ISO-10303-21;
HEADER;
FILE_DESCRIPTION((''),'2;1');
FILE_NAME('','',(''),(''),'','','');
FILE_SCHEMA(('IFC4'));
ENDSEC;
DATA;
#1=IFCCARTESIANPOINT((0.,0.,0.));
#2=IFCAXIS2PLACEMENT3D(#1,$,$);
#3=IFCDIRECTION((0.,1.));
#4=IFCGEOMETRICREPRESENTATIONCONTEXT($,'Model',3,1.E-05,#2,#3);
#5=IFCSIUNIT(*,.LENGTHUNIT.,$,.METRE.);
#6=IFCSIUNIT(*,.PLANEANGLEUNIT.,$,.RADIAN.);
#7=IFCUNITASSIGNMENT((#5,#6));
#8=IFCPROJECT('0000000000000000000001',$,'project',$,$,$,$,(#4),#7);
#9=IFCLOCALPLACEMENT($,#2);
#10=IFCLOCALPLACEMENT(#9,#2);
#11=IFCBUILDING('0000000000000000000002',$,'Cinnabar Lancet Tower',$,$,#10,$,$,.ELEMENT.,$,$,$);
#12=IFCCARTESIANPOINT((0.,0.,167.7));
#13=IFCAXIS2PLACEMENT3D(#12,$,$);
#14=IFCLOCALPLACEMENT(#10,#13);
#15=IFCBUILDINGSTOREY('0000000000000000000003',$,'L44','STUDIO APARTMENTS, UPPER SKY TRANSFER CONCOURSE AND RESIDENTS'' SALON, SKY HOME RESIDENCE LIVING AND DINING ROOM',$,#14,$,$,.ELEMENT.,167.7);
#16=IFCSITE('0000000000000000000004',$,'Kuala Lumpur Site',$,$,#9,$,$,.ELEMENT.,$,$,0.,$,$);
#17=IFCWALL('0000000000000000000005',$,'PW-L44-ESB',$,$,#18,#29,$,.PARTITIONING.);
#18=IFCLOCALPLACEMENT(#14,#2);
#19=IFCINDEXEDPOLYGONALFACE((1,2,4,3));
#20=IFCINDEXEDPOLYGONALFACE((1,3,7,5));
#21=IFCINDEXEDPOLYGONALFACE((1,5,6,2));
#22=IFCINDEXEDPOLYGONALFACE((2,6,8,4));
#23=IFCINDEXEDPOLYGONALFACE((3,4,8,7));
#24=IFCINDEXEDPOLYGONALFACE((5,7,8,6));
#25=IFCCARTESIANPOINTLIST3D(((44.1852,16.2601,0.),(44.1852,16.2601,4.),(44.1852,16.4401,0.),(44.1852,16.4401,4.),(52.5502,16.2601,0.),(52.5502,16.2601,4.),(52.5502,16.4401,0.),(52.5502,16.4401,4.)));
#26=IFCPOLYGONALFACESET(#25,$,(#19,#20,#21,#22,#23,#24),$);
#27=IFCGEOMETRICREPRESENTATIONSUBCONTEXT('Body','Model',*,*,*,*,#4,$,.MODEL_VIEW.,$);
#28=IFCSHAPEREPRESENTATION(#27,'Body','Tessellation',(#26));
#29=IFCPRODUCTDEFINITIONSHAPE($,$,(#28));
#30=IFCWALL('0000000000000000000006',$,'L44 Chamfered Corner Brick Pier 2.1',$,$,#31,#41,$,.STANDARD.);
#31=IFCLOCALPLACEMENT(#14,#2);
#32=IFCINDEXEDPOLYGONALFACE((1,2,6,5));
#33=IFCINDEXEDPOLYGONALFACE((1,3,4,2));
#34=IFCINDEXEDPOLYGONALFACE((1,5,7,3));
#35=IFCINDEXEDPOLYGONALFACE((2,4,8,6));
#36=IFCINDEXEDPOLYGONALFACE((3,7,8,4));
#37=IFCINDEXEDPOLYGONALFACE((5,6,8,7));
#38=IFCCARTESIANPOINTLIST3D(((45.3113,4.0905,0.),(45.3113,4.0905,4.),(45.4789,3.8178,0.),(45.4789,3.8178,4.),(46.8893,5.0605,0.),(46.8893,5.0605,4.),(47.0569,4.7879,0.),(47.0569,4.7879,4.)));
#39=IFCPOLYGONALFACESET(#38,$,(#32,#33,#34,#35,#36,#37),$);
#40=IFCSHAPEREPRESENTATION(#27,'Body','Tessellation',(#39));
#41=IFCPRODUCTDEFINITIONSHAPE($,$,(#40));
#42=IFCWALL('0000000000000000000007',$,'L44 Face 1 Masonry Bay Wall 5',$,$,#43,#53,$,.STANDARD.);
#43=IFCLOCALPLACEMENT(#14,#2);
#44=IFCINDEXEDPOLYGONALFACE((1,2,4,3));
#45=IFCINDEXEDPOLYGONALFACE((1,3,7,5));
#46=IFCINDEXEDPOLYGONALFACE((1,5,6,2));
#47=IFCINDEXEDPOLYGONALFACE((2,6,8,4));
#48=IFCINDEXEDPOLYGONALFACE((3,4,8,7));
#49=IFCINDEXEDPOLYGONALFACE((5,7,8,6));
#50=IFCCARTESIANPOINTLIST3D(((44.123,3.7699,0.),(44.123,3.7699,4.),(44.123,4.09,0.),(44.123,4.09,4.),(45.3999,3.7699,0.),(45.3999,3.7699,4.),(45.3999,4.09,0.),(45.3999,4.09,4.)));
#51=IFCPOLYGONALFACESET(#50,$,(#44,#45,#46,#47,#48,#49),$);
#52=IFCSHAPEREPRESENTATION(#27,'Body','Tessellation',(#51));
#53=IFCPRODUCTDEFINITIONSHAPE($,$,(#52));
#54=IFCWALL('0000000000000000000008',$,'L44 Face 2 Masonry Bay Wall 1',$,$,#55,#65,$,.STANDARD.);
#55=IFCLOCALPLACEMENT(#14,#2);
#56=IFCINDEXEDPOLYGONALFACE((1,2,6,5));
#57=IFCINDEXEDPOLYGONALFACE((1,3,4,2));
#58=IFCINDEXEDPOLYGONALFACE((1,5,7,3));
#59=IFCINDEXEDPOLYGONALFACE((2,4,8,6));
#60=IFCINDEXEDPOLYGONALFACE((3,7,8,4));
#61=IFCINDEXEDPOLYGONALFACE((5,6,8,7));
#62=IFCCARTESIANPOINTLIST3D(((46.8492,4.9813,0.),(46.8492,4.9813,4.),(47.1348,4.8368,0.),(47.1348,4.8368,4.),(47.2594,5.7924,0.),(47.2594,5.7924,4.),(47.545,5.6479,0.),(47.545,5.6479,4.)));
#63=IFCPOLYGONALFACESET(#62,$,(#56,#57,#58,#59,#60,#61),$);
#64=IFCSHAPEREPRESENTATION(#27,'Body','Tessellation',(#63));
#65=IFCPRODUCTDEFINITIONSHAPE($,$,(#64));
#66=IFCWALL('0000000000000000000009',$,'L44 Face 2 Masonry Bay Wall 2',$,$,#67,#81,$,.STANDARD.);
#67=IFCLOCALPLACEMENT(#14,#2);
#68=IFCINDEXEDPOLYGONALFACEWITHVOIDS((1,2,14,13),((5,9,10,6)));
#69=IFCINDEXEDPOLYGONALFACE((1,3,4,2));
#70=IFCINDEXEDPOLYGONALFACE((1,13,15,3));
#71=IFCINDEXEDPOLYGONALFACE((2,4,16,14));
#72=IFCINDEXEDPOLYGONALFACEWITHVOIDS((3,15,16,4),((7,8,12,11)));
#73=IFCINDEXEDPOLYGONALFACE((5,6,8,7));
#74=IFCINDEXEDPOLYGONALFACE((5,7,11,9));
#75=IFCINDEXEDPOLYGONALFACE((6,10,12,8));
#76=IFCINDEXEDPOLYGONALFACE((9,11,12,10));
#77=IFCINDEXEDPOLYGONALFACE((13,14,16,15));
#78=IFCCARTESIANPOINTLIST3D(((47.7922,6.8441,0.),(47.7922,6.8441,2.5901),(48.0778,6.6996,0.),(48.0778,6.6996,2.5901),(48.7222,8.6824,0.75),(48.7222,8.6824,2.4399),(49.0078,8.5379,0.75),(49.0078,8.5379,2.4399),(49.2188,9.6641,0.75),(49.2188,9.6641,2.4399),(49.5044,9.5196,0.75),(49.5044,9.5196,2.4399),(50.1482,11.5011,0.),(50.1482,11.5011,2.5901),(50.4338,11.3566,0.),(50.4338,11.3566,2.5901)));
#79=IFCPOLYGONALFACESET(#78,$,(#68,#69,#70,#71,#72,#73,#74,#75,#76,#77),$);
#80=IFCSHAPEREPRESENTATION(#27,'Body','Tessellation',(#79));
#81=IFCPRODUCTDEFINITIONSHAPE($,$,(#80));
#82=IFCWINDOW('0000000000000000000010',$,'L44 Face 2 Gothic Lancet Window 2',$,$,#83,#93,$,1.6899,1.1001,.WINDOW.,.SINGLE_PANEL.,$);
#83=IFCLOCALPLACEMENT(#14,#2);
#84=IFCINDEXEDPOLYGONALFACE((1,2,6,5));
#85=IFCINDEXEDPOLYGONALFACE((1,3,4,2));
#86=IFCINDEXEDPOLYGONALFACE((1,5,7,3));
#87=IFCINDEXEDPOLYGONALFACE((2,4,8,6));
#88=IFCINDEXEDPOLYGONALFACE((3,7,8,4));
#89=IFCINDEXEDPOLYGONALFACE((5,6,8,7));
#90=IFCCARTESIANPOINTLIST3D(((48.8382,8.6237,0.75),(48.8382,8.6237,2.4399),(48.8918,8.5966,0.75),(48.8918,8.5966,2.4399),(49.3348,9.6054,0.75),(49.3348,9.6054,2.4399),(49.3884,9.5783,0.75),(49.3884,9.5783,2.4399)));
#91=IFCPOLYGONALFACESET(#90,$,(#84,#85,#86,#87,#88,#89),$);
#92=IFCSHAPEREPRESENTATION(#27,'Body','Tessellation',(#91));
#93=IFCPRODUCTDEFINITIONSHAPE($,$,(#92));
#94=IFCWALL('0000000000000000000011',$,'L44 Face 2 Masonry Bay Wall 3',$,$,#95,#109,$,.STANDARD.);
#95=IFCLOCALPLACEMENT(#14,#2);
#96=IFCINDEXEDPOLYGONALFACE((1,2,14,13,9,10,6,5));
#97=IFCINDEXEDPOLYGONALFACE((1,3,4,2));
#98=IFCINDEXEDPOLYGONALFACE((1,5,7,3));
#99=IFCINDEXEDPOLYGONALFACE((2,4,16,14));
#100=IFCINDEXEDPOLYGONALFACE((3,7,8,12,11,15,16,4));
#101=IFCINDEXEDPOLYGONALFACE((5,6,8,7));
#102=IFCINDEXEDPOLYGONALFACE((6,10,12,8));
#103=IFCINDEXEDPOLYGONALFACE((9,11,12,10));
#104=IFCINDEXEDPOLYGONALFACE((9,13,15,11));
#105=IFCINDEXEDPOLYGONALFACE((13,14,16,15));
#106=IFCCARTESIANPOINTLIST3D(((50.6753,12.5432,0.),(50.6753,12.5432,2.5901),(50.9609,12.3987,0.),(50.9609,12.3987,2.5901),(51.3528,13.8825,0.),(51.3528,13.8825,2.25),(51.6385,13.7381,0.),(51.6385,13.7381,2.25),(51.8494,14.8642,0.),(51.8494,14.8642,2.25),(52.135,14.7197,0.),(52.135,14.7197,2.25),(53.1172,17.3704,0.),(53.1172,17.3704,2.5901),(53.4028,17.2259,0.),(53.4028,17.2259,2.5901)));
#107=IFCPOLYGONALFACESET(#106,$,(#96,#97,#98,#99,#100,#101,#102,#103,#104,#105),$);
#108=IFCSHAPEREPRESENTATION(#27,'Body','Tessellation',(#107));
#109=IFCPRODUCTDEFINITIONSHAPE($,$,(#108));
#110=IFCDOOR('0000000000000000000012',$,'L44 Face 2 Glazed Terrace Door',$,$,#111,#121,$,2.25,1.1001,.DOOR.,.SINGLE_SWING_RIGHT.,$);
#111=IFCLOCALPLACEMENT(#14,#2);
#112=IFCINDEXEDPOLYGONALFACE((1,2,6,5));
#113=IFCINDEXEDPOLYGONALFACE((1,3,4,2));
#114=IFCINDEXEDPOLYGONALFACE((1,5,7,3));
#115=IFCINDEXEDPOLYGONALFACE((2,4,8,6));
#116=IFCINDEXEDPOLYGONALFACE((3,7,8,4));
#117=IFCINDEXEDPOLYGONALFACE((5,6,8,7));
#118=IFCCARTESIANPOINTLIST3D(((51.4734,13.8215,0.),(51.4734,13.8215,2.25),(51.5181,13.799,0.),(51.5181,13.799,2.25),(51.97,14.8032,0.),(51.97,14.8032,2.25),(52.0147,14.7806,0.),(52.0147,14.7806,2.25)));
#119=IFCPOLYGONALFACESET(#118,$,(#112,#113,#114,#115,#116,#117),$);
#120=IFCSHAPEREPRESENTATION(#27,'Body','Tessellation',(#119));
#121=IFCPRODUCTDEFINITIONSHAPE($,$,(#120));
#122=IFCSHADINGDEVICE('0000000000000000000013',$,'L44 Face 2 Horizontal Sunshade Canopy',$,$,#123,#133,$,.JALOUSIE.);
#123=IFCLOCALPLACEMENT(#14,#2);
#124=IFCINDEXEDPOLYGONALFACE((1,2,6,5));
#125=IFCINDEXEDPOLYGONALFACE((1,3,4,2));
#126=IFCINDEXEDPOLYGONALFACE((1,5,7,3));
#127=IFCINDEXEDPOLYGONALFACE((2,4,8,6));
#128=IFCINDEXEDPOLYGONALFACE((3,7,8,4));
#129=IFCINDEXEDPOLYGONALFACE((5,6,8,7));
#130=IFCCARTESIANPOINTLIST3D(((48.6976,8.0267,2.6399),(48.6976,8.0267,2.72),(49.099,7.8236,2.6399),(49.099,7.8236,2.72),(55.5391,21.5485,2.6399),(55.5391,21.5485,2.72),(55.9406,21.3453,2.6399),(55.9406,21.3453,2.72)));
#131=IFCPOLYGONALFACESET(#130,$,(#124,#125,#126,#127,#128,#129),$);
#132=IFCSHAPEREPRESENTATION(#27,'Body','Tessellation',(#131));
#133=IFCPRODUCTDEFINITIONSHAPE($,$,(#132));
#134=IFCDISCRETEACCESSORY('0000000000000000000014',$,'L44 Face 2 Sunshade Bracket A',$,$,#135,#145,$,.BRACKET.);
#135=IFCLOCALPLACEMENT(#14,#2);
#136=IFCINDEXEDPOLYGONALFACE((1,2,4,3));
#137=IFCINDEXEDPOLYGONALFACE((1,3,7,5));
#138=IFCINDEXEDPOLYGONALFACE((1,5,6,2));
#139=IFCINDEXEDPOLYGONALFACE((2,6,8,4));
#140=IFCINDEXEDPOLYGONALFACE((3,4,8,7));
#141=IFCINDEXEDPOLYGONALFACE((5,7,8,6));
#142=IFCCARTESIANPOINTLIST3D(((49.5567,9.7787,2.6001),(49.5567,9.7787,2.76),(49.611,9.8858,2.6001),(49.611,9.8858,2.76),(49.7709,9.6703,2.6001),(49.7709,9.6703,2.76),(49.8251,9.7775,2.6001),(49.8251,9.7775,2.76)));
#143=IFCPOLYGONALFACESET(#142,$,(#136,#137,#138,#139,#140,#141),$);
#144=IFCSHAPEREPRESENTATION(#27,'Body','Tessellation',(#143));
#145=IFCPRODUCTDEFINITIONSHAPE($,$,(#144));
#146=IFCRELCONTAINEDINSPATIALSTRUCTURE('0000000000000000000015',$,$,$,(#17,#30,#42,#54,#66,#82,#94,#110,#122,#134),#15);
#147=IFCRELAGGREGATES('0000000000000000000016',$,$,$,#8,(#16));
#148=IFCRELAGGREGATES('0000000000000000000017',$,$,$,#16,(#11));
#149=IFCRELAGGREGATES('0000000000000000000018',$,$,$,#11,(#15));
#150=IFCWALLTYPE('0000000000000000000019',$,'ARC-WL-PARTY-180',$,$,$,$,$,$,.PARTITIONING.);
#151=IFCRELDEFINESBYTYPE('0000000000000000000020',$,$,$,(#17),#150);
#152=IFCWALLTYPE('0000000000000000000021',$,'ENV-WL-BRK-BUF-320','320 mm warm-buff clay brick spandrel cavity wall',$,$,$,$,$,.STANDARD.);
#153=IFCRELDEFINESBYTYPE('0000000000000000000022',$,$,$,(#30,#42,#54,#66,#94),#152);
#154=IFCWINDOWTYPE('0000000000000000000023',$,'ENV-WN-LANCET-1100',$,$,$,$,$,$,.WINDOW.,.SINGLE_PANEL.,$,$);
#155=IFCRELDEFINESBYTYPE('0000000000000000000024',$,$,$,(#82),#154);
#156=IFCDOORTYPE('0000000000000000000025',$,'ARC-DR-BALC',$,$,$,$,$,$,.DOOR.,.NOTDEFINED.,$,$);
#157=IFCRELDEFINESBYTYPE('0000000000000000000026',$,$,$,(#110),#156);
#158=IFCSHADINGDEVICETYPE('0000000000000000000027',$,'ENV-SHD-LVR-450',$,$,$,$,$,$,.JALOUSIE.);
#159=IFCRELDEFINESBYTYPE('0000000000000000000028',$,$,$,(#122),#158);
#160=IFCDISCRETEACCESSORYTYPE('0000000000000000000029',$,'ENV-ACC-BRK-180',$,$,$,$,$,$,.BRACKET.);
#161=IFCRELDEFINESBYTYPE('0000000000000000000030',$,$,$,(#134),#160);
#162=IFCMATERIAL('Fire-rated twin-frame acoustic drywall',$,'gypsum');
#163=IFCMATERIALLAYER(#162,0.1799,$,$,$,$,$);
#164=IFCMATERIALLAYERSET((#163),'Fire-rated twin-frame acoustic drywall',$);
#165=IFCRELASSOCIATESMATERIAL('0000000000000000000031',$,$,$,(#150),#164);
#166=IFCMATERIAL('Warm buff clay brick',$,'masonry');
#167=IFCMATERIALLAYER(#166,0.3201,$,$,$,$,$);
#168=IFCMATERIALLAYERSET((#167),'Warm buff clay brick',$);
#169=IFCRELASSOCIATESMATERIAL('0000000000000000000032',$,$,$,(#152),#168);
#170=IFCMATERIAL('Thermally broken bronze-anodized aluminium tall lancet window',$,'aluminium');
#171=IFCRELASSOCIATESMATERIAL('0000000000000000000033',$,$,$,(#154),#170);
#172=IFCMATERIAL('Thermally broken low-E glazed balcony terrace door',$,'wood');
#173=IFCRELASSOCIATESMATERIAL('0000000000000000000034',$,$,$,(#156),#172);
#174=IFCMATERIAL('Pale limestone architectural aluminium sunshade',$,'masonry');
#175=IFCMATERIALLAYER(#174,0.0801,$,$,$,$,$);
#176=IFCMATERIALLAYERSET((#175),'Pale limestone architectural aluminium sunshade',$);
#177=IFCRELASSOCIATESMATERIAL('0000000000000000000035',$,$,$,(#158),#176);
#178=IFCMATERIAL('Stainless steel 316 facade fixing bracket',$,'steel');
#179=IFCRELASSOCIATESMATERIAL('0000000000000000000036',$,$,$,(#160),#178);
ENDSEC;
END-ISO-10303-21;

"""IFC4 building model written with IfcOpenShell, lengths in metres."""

from ifc_helpers import new_model, si_unit, direction, frame, frame_2d, origin, origin_2d, place, context, subcontext, project, spatial, rectangle, extrude, material, layer, layer_set, type_object, element, fill, save


model = new_model("IFC4")

# Units and contexts
model_context = context("Model", 3, precision=1e-05, world=origin(), true_north=direction((0.0, 1.0)))
body_context = subcontext(model_context, "Body", "Model", "MODEL_VIEW")
ifc_project = project(units=[si_unit("LENGTHUNIT", "METRE"), si_unit("PLANEANGLEUNIT", "RADIAN")], contexts=[model_context])

# Site, building, storey
site_placement = place(None, origin())
site = spatial("IfcSite", under=ifc_project, at=site_placement, Name="Kuala Lumpur Site", CompositionType="ELEMENT", RefElevation=0.0)
building_placement = place(site_placement, origin())
building = spatial("IfcBuilding", under=site, at=building_placement, Name="Cinnabar Lancet Tower", CompositionType="ELEMENT")
storey_placement = place(building_placement, frame((0.0, 0.0, 167.7)))
storey = spatial("IfcBuildingStorey", under=building, at=storey_placement, Name="L44", Description="STUDIO APARTMENTS, UPPER SKY TRANSFER CONCOURSE AND RESIDENTS' SALON, SKY HOME RESIDENCE LIVING AND DINING ROOM", CompositionType="ELEMENT", Elevation=167.7)

# Walls
ifc_material_1 = material(Name="Fire-rated twin-frame acoustic drywall", Category="gypsum")
ifc_layer_1 = layer(ifc_material_1, 0.1799)
ifc_layer_set_1 = layer_set([ifc_layer_1], Name="Fire-rated twin-frame acoustic drywall")
wall_type_1 = type_object("IfcWallType", Name="ARC-WL-PARTY-180", PredefinedType="PARTITIONING", material=ifc_layer_set_1)
wall_1_placement = place(storey_placement, frame((44.1851, 16.3501, 0.0), z_axis=(0.0, 0.0, 1.0), x_axis=(1.0, 0.0, 0.0)))
element("IfcWall", 1, at=wall_1_placement, inside=storey, type_object=wall_type_1, Name="PW-L44-ESB", PredefinedType="PARTITIONING", context=body_context, shape_type="SweptSolid", body=[
    extrude(rectangle(XDim=8.365, YDim=0.1799, at=frame_2d((4.1826, 0.0))), origin(), (0.0, 0.0, 1.0), 4.0),
])
ifc_material_2 = material(Name="Warm buff clay brick", Category="masonry")
ifc_layer_2 = layer(ifc_material_2, 0.3201)
ifc_layer_set_2 = layer_set([ifc_layer_2], Name="Warm buff clay brick")
wall_type_2 = type_object("IfcWallType", Name="ENV-WL-BRK-BUF-320", Description="320 mm warm-buff clay brick spandrel cavity wall", PredefinedType="STANDARD", material=ifc_layer_set_2)
wall_2_placement = place(storey_placement, frame((45.395, 3.9541, 0.0), z_axis=(0.0, 0.0, 1.0), x_axis=(0.851907, 0.523693, 0.0)))
element("IfcWall", 2, at=wall_2_placement, inside=storey, type_object=wall_type_2, Name="L44 Chamfered Corner Brick Pier 2.1", PredefinedType="STANDARD", context=body_context, shape_type="SweptSolid", body=[
    extrude(rectangle(XDim=1.8523, YDim=0.3201, at=frame_2d((0.9263, 0.0))), origin(), (0.0, 0.0, 1.0), 4.0),
])
wall_3_placement = place(storey_placement, frame((44.123, 3.9299, 0.0), z_axis=(0.0, 0.0, 1.0), x_axis=(1.0, 0.0, 0.0)))
element("IfcWall", 3, at=wall_3_placement, inside=storey, type_object=wall_type_2, Name="L44 Face 1 Masonry Bay Wall 5", PredefinedType="STANDARD", context=body_context, shape_type="SweptSolid", body=[
    extrude(rectangle(XDim=1.2769, YDim=0.3201, at=frame_2d((0.6384, 0.0))), origin(), (0.0, 0.0, 1.0), 4.0),
])
wall_4_placement = place(storey_placement, frame((46.9919, 4.9089, 0.0), z_axis=(0.0, 0.0, 1.0), x_axis=(0.451292, 0.892376, 0.0)))
element("IfcWall", 4, at=wall_4_placement, inside=storey, type_object=wall_type_2, Name="L44 Face 2 Masonry Bay Wall 1", PredefinedType="STANDARD", context=body_context, shape_type="SweptSolid", body=[
    extrude(rectangle(XDim=0.9089, YDim=0.3201, at=frame_2d((0.4546, 0.0))), origin(), (0.0, 0.0, 1.0), 4.0),
])

# Wall, opening, window
wall_5_placement = place(storey_placement, frame((47.9351, 6.772, 0.0), z_axis=(0.0, 0.0, 1.0), x_axis=(0.451419, 0.892312, 0.0)))
wall_5 = element("IfcWall", 5, at=wall_5_placement, inside=storey, type_object=wall_type_2, Name="L44 Face 2 Masonry Bay Wall 2", PredefinedType="STANDARD", context=body_context, shape_type="SweptSolid", body=[
    extrude(rectangle(XDim=5.219, YDim=0.3201, at=frame_2d((2.6094, 0.0))), origin(), (0.0, 0.0, 1.0), 2.5901),
])
opening_1_placement = place(wall_5_placement, frame((2.0601, 0.0, 0.75)))
opening_1 = element("IfcOpeningElement", 6, at=opening_1_placement, cuts=wall_5, PredefinedType="OPENING", context=body_context, shape_type="SweptSolid", body=[
    extrude(rectangle(XDim=1.1001, YDim=1.6899, at=frame_2d((0.55, 0.845))), frame((0.0, 0.1699, 0.0), z_axis=(0.0, -1.0, 0.0), x_axis=(1.0, 0.0, 0.0)), (0.0, 0.0, 1.0), 0.3401),
])
ifc_material_3 = material(Name="Thermally broken bronze-anodized aluminium tall lancet window", Category="aluminium")
window_type = type_object("IfcWindowType", Name="ENV-WN-LANCET-1100", PartitioningType="SINGLE_PANEL", PredefinedType="WINDOW", material=ifc_material_3)
window_placement = place(opening_1_placement, origin())
window = element("IfcWindow", 7, at=window_placement, inside=storey, type_object=window_type, Name="L44 Face 2 Gothic Lancet Window 2", OverallHeight=1.6899, OverallWidth=1.1001, PartitioningType="SINGLE_PANEL", PredefinedType="WINDOW", context=body_context, shape_type="SweptSolid", body=[
    extrude(rectangle(XDim=1.1001, YDim=1.6899, at=frame_2d((0.55, 0.845))), frame((0.0, 0.03, 0.0), z_axis=(0.0, -1.0, 0.0), x_axis=(1.0, 0.0, 0.0)), (0.0, 0.0, 1.0), 0.0601),
])
fill(opening_1, window)

# Wall, opening, door
wall_6_placement = place(storey_placement, frame((50.8181, 12.4709, 0.0), z_axis=(0.0, 0.0, 1.0), x_axis=(0.451397, 0.892323, 0.0)))
wall_6 = element("IfcWall", 8, at=wall_6_placement, inside=storey, type_object=wall_type_2, Name="L44 Face 2 Masonry Bay Wall 3", PredefinedType="STANDARD", context=body_context, shape_type="SweptSolid", body=[
    extrude(rectangle(XDim=5.4097, YDim=0.3201, at=frame_2d((2.7048, 0.0))), origin(), (0.0, 0.0, 1.0), 2.5901),
])
opening_2_placement = place(wall_6_placement, frame((1.501, 0.0, 0.0)))
opening_2 = element("IfcOpeningElement", 9, at=opening_2_placement, cuts=wall_6, PredefinedType="OPENING", context=body_context, shape_type="SweptSolid", body=[
    extrude(rectangle(XDim=1.1001, YDim=2.25, at=frame_2d((0.55, 1.125))), frame((0.0, 0.1699, 0.0), z_axis=(0.0, -1.0, 0.0), x_axis=(1.0, 0.0, 0.0)), (0.0, 0.0, 1.0), 0.3401),
])
ifc_material_4 = material(Name="Thermally broken low-E glazed balcony terrace door", Category="wood")
door_type = type_object("IfcDoorType", Name="ARC-DR-BALC", OperationType="NOTDEFINED", PredefinedType="DOOR", material=ifc_material_4)
door_placement = place(opening_2_placement, origin())
door = element("IfcDoor", 10, at=door_placement, inside=storey, type_object=door_type, Name="L44 Face 2 Glazed Terrace Door", OperationType="SINGLE_SWING_RIGHT", OverallHeight=2.25, OverallWidth=1.1001, PredefinedType="DOOR", context=body_context, shape_type="SweptSolid", body=[
    extrude(rectangle(XDim=1.1001, YDim=2.25, at=frame_2d((0.55, 1.125))), frame((0.0, 0.0249, 0.0), z_axis=(0.0, -1.0, 0.0), x_axis=(1.0, 0.0, 0.0)), (0.0, 0.0, 1.0), 0.05),
])
fill(opening_2, door)

# Shading device
ifc_material_5 = material(Name="Pale limestone architectural aluminium sunshade", Category="masonry")
ifc_layer_3 = layer(ifc_material_5, 0.0801)
ifc_layer_set_3 = layer_set([ifc_layer_3], Name="Pale limestone architectural aluminium sunshade")
shading_device_type = type_object("IfcShadingDeviceType", Name="ENV-SHD-LVR-450", PredefinedType="JALOUSIE", material=ifc_layer_set_3)
shading_device_placement = place(storey_placement, frame((52.3191, 14.686, 2.6399), z_axis=(0.0, 0.0, 1.0), x_axis=(0.451469, 0.892287, 0.0)))
element("IfcShadingDevice", 11, at=shading_device_placement, inside=storey, type_object=shading_device_type, Name="L44 Face 2 Horizontal Sunshade Canopy", PredefinedType="JALOUSIE", context=body_context, shape_type="SweptSolid", body=[
    extrude(rectangle(XDim=15.1541, YDim=0.45, at=origin_2d()), origin(), (0.0, 0.0, 1.0), 0.0801),
])

# Discrete accessory
ifc_material_6 = material(Name="Stainless steel 316 facade fixing bracket", Category="steel")
discrete_accessory_type = type_object("IfcDiscreteAccessoryType", Name="ENV-ACC-BRK-180", PredefinedType="BRACKET", material=ifc_material_6)
discrete_accessory_placement = place(storey_placement, frame((49.6909, 9.7781, 2.6001), z_axis=(0.0, 0.0, 1.0), x_axis=(0.451469, 0.892287, 0.0)))
element("IfcDiscreteAccessory", 12, at=discrete_accessory_placement, inside=storey, type_object=discrete_accessory_type, Name="L44 Face 2 Sunshade Bracket A", PredefinedType="BRACKET", context=body_context, shape_type="SweptSolid", body=[
    extrude(rectangle(XDim=0.1201, YDim=0.24, at=origin_2d()), origin(), (0.0, 0.0, 1.0), 0.1599),
])

save(model, "model.ifc")
